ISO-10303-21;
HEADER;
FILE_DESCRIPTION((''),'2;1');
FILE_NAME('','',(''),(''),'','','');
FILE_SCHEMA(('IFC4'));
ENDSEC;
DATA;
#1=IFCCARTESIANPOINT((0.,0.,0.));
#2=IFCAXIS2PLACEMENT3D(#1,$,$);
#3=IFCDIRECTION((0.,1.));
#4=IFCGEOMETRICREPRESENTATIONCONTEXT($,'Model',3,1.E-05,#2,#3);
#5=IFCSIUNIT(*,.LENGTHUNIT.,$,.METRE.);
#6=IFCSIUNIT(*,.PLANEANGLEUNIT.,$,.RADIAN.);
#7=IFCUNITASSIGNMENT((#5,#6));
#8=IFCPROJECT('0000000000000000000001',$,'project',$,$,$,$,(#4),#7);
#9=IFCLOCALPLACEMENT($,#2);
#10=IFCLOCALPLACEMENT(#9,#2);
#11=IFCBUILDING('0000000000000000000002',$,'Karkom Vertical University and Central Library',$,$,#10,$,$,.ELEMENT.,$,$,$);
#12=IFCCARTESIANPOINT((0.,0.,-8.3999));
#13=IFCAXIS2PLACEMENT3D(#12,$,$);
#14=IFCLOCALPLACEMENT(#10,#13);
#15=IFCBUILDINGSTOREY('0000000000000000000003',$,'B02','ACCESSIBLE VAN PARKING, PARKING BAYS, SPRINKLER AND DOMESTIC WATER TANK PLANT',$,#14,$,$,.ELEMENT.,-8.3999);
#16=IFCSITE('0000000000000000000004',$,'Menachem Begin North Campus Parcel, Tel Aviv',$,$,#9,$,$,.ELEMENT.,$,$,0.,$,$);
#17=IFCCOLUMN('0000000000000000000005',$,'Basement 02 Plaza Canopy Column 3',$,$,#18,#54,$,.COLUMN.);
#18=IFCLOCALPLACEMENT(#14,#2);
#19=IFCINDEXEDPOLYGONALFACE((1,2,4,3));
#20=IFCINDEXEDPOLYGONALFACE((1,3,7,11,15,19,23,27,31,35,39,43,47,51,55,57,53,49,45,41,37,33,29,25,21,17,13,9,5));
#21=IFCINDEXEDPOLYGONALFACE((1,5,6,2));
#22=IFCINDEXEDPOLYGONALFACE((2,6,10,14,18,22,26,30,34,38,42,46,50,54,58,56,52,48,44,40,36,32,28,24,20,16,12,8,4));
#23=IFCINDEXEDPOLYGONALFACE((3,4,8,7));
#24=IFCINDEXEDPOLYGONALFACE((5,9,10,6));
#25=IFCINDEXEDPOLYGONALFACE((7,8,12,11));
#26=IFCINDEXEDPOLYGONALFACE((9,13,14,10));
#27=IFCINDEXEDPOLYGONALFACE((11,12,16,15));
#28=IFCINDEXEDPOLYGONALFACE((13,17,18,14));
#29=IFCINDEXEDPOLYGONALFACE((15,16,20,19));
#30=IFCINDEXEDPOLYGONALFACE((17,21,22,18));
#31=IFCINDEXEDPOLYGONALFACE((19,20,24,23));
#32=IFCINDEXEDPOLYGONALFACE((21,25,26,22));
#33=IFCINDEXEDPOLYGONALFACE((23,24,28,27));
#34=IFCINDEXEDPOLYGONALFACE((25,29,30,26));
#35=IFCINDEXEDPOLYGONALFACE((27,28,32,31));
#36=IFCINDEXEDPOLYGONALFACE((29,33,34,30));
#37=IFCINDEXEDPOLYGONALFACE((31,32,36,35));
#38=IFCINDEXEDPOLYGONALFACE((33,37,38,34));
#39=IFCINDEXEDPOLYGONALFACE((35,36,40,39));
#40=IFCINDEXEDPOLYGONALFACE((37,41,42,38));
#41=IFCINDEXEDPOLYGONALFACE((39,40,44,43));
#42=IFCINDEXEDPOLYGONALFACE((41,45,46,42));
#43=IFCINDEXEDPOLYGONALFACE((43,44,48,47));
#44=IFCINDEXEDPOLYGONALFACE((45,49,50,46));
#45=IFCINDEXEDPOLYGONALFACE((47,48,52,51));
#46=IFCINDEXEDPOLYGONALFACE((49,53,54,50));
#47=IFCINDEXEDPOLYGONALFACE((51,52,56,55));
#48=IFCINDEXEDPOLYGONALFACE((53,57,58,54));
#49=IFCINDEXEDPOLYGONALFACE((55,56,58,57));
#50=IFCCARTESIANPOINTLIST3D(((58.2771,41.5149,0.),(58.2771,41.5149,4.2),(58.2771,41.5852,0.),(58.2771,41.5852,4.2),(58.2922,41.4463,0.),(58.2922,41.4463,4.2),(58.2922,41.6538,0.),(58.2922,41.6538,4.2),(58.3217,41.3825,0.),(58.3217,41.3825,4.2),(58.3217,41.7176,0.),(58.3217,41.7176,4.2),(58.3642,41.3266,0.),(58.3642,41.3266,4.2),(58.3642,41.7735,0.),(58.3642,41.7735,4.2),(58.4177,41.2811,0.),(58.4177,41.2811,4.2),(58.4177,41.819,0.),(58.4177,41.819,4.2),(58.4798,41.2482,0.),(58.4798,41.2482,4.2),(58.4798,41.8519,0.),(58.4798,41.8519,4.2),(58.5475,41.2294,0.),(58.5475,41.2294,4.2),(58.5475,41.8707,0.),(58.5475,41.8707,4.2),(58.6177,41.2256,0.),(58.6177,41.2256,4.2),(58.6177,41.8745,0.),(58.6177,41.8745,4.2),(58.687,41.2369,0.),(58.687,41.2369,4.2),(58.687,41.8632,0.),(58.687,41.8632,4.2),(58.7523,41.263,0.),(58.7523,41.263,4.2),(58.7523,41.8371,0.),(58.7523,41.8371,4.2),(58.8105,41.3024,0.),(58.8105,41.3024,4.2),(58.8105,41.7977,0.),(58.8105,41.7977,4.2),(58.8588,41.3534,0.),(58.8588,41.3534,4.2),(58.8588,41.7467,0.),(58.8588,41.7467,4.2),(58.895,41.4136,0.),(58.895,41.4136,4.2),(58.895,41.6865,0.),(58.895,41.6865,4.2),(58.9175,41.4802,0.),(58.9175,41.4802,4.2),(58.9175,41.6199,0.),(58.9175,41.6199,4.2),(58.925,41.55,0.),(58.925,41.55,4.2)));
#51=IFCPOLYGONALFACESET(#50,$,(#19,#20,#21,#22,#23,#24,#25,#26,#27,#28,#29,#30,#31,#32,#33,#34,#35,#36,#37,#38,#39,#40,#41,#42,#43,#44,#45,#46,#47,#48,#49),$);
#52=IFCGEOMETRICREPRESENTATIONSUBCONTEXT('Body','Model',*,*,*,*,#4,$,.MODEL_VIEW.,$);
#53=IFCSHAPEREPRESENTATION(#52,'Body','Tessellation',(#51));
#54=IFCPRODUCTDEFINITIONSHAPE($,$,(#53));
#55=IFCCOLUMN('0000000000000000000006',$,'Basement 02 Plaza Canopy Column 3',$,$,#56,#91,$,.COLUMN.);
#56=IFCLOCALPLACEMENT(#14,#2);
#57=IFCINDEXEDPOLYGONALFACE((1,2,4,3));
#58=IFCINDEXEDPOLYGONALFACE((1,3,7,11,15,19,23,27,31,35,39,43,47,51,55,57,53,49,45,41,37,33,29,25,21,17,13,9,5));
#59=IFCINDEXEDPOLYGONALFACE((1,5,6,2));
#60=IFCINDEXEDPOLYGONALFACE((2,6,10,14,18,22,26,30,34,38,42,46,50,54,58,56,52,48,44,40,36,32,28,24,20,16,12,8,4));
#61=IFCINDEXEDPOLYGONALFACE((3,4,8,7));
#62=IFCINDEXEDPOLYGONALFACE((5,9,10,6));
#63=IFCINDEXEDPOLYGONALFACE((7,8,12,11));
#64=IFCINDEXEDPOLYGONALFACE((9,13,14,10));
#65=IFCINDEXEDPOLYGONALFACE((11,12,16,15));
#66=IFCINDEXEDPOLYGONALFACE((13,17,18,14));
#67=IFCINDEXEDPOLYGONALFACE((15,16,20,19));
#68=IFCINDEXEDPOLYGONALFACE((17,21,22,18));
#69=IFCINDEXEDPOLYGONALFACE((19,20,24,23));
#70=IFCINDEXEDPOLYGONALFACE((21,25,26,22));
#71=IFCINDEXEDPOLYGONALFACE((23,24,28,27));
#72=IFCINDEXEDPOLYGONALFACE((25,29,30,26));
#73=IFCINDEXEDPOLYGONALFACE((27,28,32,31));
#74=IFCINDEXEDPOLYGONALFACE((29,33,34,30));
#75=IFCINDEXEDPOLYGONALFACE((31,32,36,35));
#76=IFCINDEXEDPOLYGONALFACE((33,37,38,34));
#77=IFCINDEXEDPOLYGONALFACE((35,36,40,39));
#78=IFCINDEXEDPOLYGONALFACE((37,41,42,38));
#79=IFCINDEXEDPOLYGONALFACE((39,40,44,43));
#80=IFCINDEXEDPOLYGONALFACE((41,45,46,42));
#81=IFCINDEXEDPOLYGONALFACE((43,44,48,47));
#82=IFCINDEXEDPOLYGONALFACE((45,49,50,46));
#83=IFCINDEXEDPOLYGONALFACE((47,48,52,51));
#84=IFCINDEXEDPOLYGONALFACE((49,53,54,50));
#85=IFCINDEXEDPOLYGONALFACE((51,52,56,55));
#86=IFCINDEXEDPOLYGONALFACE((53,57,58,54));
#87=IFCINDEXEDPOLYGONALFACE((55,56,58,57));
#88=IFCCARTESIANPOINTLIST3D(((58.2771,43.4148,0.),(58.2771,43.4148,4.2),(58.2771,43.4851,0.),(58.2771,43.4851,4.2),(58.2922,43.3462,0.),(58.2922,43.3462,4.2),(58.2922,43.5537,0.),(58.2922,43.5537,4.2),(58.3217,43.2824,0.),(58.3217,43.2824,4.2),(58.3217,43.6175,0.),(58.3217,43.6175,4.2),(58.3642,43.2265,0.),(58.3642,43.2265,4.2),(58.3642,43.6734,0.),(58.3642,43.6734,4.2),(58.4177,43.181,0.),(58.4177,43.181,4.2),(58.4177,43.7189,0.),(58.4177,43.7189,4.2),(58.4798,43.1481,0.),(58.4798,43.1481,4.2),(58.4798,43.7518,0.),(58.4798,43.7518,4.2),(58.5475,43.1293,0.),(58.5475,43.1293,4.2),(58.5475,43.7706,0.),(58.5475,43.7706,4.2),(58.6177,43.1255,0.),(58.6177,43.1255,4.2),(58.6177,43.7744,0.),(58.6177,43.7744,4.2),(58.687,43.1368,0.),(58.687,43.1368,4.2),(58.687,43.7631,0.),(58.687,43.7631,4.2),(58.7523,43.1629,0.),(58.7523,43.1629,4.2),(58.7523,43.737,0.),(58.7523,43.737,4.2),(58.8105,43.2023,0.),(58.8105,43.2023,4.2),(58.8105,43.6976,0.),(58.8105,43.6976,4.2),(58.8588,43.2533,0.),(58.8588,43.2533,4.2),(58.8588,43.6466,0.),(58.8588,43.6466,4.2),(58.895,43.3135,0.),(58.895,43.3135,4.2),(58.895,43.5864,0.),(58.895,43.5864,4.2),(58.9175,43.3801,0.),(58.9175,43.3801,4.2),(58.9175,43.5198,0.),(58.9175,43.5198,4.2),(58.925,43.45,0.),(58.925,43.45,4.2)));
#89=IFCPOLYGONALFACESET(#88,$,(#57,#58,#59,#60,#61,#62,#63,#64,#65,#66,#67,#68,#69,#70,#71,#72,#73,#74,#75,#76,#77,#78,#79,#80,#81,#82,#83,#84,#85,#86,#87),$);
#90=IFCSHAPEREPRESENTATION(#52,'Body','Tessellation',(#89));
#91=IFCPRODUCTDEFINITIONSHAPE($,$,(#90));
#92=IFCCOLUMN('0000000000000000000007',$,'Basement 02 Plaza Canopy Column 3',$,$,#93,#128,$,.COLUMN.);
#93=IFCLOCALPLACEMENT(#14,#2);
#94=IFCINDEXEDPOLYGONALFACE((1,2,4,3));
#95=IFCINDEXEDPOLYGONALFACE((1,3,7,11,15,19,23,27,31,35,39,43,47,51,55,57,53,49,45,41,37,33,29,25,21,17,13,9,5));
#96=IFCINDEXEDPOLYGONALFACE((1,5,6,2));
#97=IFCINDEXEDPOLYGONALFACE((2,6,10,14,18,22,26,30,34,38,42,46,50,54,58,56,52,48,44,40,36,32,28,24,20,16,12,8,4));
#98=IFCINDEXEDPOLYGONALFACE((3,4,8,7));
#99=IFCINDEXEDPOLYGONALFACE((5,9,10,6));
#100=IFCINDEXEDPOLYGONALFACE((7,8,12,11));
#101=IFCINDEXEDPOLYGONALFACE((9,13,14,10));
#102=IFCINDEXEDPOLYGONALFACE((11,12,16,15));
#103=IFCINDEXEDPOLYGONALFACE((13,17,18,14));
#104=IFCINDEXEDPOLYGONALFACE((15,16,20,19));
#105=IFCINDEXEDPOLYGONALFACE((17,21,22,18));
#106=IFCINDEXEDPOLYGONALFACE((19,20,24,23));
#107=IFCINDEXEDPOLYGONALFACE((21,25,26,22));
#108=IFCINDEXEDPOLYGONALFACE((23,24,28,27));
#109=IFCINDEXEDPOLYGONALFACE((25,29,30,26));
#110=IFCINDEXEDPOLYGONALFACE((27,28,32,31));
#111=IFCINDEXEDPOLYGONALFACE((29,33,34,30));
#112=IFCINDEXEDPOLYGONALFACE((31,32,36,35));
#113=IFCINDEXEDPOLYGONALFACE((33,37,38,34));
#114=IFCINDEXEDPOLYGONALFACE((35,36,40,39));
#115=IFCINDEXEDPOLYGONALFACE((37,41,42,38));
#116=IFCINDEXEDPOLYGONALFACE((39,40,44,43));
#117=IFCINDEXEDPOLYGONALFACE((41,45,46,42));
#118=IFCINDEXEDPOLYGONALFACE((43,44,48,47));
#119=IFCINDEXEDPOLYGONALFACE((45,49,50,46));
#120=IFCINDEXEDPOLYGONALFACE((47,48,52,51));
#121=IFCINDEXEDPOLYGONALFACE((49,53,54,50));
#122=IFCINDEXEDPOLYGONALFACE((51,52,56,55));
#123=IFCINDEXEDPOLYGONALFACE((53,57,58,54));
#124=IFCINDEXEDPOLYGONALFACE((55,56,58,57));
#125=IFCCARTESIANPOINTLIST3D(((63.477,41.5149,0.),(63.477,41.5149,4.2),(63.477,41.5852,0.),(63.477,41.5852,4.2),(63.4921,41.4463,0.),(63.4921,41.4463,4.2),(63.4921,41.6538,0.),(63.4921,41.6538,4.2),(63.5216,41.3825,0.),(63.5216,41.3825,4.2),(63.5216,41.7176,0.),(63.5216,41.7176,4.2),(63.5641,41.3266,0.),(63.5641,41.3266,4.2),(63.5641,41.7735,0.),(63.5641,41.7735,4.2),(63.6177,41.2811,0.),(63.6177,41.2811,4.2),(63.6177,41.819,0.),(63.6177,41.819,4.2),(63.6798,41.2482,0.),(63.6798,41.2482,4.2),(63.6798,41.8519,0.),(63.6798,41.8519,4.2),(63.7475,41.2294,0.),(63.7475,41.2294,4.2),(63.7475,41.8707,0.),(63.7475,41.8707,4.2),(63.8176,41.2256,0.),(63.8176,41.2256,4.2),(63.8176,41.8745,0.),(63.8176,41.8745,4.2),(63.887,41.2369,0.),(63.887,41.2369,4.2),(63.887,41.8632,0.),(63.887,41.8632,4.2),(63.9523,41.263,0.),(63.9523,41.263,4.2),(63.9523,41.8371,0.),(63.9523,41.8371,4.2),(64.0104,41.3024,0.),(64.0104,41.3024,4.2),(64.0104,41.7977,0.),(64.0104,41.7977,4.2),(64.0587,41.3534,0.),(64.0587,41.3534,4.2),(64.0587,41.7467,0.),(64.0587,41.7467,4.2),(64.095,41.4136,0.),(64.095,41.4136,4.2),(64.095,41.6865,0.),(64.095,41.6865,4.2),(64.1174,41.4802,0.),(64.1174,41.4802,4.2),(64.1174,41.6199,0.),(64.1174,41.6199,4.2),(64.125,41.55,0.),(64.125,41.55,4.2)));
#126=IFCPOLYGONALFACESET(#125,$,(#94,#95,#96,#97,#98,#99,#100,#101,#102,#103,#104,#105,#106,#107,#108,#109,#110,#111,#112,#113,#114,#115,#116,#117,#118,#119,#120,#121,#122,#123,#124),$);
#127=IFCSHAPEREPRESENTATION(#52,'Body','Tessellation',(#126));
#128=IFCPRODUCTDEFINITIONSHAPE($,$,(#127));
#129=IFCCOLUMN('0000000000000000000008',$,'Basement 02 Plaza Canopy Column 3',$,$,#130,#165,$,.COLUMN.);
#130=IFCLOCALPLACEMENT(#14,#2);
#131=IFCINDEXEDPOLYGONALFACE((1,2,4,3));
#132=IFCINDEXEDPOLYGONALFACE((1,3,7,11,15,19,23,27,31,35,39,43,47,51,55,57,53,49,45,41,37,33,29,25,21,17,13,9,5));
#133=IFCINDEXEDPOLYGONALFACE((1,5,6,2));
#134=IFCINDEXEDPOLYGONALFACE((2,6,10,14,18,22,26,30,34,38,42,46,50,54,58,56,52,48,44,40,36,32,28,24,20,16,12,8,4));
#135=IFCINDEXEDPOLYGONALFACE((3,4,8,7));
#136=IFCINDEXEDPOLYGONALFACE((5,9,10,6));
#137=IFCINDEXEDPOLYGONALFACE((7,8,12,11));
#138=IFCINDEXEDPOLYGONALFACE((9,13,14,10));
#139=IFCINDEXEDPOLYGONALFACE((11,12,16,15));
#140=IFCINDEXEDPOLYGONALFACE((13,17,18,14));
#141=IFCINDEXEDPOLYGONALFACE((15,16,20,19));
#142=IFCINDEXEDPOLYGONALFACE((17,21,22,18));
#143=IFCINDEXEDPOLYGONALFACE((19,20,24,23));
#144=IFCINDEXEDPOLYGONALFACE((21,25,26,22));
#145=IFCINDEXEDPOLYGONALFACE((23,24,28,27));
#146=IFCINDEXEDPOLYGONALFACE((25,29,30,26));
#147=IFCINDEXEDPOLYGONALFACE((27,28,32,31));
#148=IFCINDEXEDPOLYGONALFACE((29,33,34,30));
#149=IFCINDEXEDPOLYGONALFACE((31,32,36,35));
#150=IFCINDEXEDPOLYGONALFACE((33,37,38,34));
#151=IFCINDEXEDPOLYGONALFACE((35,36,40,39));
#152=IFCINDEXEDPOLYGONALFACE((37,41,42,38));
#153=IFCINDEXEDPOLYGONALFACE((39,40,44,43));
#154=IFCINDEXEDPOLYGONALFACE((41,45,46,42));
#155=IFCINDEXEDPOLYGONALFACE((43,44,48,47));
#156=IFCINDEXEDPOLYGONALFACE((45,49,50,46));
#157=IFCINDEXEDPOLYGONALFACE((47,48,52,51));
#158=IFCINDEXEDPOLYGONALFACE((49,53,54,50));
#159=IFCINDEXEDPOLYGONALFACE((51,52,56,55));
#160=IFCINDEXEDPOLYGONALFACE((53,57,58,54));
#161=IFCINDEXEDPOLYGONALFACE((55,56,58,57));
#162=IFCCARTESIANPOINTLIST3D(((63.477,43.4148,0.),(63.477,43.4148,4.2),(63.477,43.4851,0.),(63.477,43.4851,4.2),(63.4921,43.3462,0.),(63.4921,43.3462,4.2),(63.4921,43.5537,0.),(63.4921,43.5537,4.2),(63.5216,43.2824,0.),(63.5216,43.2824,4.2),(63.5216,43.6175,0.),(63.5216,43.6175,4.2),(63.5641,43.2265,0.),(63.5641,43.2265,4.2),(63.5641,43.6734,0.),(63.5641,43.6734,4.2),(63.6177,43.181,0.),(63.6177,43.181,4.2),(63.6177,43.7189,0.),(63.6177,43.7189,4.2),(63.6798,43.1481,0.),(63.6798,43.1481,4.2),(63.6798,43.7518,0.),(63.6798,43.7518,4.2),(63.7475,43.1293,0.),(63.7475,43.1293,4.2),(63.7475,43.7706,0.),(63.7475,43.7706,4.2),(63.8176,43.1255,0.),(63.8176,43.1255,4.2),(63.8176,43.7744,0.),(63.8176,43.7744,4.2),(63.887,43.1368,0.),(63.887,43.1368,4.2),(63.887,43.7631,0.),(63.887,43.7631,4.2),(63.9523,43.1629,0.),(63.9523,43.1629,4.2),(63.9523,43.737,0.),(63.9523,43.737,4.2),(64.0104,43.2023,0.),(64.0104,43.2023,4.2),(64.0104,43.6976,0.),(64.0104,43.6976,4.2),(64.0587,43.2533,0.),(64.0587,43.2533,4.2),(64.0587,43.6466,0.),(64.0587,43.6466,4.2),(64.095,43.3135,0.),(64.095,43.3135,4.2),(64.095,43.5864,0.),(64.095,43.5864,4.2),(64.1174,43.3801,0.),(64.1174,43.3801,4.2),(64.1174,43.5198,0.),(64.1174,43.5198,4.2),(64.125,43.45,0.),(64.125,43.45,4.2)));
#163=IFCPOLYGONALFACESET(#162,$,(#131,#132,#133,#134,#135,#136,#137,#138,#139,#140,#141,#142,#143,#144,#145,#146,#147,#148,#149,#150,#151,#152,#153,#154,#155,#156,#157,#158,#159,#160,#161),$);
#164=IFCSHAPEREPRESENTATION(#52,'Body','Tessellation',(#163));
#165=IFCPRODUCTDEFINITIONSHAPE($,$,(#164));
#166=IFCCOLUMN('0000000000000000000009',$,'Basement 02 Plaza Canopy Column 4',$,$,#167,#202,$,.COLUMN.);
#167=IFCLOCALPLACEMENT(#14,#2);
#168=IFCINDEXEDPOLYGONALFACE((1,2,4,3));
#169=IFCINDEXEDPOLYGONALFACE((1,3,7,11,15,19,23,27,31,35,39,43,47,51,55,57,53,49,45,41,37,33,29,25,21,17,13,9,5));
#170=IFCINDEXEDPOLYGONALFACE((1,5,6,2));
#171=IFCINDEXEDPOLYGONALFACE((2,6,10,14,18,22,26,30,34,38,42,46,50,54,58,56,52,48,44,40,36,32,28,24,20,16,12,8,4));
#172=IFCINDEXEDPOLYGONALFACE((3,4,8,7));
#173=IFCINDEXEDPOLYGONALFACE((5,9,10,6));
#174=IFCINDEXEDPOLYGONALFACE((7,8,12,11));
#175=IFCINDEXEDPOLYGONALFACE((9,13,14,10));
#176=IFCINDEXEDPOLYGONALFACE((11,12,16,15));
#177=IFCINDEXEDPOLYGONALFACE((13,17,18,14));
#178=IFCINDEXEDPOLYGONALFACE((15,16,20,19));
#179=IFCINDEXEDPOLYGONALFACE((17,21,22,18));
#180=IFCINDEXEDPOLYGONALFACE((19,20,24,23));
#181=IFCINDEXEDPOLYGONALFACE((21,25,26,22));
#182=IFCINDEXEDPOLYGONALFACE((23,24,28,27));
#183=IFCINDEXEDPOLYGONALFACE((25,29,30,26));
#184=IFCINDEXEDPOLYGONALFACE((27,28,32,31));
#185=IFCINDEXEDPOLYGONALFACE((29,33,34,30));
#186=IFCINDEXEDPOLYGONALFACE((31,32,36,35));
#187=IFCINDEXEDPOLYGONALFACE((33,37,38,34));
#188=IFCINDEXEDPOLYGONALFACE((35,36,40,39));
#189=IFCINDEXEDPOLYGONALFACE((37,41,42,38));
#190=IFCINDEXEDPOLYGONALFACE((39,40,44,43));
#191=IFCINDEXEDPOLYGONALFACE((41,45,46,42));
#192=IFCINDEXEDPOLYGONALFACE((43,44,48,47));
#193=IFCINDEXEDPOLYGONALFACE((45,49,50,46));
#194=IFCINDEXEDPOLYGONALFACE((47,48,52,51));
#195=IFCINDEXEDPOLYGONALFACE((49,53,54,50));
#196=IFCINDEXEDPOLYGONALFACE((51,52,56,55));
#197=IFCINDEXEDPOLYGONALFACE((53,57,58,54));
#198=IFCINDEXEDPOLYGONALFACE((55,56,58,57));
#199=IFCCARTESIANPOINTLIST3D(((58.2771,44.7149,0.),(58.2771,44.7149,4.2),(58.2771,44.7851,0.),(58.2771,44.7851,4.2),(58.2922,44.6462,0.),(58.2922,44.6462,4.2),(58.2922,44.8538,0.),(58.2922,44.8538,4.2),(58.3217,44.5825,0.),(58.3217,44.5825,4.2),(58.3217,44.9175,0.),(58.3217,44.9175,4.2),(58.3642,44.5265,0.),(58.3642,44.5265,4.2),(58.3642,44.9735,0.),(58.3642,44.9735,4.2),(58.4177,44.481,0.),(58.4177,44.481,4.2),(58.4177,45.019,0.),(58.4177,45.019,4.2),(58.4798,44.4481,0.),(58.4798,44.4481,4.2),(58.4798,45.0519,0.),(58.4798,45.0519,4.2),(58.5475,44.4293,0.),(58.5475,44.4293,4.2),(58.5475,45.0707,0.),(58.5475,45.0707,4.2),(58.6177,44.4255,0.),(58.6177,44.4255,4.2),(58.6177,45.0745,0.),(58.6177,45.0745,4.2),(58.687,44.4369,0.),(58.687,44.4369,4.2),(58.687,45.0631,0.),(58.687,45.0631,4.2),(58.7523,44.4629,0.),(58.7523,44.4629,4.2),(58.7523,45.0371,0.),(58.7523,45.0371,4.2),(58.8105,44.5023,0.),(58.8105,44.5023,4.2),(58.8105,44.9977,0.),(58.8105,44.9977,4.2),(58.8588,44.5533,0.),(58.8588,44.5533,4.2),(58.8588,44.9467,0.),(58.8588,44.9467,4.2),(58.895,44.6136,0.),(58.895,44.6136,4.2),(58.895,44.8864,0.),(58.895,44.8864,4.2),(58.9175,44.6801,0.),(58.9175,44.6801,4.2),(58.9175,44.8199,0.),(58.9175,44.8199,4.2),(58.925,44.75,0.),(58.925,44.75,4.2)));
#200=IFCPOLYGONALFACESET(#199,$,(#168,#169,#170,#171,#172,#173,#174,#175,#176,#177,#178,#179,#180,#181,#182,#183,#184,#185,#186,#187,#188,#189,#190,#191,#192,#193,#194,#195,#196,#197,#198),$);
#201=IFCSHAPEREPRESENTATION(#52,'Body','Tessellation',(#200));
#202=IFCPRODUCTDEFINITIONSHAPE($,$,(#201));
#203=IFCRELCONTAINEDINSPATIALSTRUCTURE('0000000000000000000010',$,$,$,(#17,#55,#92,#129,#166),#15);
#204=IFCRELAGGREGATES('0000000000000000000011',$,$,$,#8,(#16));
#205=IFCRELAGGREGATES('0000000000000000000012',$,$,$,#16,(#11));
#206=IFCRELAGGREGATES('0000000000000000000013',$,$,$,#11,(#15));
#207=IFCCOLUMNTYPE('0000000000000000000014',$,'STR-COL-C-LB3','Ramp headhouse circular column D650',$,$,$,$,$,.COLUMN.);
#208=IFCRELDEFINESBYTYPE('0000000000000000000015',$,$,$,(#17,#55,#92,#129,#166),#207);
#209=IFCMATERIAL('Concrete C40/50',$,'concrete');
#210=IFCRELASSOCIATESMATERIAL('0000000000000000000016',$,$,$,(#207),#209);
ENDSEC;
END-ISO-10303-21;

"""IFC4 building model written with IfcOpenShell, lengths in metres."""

from ifc_helpers import new_model, si_unit, direction, frame, origin, origin_with_axes, origin_2d, place, context, subcontext, project, spatial, circle, extrude, source, transform, mapped, material, material_profile, profile_set, type_object, element, save


model = new_model("IFC4")

# Units and contexts
model_context = context("Model", 3, precision=1e-05, world=origin(), true_north=direction((0.0, 1.0)))
body_context = subcontext(model_context, "Body", "Model", "MODEL_VIEW")
ifc_project = project(units=[si_unit("LENGTHUNIT", "METRE"), si_unit("PLANEANGLEUNIT", "RADIAN")], contexts=[model_context])

# Site, building, storey
site_placement = place(None, origin())
site = spatial("IfcSite", under=ifc_project, at=site_placement, Name="Menachem Begin North Campus Parcel, Tel Aviv", CompositionType="ELEMENT", RefElevation=0.0)
building_placement = place(site_placement, origin())
building = spatial("IfcBuilding", under=site, at=building_placement, Name="Karkom Vertical University and Central Library", CompositionType="ELEMENT")
storey_placement = place(building_placement, frame((0.0, 0.0, -8.3999)))
storey = spatial("IfcBuildingStorey", under=building, at=storey_placement, Name="B02", Description="ACCESSIBLE VAN PARKING, PARKING BAYS, SPRINKLER AND DOMESTIC WATER TANK PLANT", CompositionType="ELEMENT", Elevation=-8.3999)

# Shared definitions
ifc_material_1 = material(Name="Concrete C40/50", Category="concrete")

# Columns
ifc_material_profile_1 = material_profile(ifc_material_1, circle(Radius=0.325, at=origin_2d()), Name="RC-D650")
ifc_profile_set_1 = profile_set([ifc_material_profile_1], Name="Concrete C40/50")
column_type_1 = type_object("IfcColumnType", Name="STR-COL-C-LB3", Description="Ramp headhouse circular column D650", PredefinedType="COLUMN", material=ifc_profile_set_1)
shared_shape_1 = source(origin_with_axes(), body_context, "Body", "SweptSolid", [
    extrude(circle(Radius=0.325, at=origin_2d()), origin(), (0.0, 0.0, 1.0), 4.2),
])
for number, where, z_axis, x_axis, name in (
    (1, (58.6001, 41.55, 0.0), (0.0, 0.0, 1.0), (1.0, 0.0, 0.0), "Basement 02 Plaza Canopy Column 3"),
    (2, (58.6001, 43.45, 0.0), (0.0, 0.0, 1.0), (1.0, 0.0, 0.0), "Basement 02 Plaza Canopy Column 3"),
    (3, (63.8, 41.55, 0.0), (0.0, 0.0, 1.0), (1.0, 0.0, 0.0), "Basement 02 Plaza Canopy Column 3"),
    (4, (63.8, 43.45, 0.0), (0.0, 0.0, 1.0), (1.0, 0.0, 0.0), "Basement 02 Plaza Canopy Column 3"),
    (5, (58.6001, 44.75, 0.0), (0.0, 0.0, 1.0), (1.0, 0.0, 0.0), "Basement 02 Plaza Canopy Column 4"),
):
    element("IfcColumn", number, at=place(storey_placement, frame(where, z_axis=z_axis, x_axis=x_axis)), inside=storey, type_object=column_type_1, Name=name, PredefinedType="COLUMN", context=body_context, shape_type="MappedRepresentation", body=[
        mapped(shared_shape_1, transform((0.0, 0.0, 0.0), scale=1.0)),
    ])

save(model, "model.ifc")
